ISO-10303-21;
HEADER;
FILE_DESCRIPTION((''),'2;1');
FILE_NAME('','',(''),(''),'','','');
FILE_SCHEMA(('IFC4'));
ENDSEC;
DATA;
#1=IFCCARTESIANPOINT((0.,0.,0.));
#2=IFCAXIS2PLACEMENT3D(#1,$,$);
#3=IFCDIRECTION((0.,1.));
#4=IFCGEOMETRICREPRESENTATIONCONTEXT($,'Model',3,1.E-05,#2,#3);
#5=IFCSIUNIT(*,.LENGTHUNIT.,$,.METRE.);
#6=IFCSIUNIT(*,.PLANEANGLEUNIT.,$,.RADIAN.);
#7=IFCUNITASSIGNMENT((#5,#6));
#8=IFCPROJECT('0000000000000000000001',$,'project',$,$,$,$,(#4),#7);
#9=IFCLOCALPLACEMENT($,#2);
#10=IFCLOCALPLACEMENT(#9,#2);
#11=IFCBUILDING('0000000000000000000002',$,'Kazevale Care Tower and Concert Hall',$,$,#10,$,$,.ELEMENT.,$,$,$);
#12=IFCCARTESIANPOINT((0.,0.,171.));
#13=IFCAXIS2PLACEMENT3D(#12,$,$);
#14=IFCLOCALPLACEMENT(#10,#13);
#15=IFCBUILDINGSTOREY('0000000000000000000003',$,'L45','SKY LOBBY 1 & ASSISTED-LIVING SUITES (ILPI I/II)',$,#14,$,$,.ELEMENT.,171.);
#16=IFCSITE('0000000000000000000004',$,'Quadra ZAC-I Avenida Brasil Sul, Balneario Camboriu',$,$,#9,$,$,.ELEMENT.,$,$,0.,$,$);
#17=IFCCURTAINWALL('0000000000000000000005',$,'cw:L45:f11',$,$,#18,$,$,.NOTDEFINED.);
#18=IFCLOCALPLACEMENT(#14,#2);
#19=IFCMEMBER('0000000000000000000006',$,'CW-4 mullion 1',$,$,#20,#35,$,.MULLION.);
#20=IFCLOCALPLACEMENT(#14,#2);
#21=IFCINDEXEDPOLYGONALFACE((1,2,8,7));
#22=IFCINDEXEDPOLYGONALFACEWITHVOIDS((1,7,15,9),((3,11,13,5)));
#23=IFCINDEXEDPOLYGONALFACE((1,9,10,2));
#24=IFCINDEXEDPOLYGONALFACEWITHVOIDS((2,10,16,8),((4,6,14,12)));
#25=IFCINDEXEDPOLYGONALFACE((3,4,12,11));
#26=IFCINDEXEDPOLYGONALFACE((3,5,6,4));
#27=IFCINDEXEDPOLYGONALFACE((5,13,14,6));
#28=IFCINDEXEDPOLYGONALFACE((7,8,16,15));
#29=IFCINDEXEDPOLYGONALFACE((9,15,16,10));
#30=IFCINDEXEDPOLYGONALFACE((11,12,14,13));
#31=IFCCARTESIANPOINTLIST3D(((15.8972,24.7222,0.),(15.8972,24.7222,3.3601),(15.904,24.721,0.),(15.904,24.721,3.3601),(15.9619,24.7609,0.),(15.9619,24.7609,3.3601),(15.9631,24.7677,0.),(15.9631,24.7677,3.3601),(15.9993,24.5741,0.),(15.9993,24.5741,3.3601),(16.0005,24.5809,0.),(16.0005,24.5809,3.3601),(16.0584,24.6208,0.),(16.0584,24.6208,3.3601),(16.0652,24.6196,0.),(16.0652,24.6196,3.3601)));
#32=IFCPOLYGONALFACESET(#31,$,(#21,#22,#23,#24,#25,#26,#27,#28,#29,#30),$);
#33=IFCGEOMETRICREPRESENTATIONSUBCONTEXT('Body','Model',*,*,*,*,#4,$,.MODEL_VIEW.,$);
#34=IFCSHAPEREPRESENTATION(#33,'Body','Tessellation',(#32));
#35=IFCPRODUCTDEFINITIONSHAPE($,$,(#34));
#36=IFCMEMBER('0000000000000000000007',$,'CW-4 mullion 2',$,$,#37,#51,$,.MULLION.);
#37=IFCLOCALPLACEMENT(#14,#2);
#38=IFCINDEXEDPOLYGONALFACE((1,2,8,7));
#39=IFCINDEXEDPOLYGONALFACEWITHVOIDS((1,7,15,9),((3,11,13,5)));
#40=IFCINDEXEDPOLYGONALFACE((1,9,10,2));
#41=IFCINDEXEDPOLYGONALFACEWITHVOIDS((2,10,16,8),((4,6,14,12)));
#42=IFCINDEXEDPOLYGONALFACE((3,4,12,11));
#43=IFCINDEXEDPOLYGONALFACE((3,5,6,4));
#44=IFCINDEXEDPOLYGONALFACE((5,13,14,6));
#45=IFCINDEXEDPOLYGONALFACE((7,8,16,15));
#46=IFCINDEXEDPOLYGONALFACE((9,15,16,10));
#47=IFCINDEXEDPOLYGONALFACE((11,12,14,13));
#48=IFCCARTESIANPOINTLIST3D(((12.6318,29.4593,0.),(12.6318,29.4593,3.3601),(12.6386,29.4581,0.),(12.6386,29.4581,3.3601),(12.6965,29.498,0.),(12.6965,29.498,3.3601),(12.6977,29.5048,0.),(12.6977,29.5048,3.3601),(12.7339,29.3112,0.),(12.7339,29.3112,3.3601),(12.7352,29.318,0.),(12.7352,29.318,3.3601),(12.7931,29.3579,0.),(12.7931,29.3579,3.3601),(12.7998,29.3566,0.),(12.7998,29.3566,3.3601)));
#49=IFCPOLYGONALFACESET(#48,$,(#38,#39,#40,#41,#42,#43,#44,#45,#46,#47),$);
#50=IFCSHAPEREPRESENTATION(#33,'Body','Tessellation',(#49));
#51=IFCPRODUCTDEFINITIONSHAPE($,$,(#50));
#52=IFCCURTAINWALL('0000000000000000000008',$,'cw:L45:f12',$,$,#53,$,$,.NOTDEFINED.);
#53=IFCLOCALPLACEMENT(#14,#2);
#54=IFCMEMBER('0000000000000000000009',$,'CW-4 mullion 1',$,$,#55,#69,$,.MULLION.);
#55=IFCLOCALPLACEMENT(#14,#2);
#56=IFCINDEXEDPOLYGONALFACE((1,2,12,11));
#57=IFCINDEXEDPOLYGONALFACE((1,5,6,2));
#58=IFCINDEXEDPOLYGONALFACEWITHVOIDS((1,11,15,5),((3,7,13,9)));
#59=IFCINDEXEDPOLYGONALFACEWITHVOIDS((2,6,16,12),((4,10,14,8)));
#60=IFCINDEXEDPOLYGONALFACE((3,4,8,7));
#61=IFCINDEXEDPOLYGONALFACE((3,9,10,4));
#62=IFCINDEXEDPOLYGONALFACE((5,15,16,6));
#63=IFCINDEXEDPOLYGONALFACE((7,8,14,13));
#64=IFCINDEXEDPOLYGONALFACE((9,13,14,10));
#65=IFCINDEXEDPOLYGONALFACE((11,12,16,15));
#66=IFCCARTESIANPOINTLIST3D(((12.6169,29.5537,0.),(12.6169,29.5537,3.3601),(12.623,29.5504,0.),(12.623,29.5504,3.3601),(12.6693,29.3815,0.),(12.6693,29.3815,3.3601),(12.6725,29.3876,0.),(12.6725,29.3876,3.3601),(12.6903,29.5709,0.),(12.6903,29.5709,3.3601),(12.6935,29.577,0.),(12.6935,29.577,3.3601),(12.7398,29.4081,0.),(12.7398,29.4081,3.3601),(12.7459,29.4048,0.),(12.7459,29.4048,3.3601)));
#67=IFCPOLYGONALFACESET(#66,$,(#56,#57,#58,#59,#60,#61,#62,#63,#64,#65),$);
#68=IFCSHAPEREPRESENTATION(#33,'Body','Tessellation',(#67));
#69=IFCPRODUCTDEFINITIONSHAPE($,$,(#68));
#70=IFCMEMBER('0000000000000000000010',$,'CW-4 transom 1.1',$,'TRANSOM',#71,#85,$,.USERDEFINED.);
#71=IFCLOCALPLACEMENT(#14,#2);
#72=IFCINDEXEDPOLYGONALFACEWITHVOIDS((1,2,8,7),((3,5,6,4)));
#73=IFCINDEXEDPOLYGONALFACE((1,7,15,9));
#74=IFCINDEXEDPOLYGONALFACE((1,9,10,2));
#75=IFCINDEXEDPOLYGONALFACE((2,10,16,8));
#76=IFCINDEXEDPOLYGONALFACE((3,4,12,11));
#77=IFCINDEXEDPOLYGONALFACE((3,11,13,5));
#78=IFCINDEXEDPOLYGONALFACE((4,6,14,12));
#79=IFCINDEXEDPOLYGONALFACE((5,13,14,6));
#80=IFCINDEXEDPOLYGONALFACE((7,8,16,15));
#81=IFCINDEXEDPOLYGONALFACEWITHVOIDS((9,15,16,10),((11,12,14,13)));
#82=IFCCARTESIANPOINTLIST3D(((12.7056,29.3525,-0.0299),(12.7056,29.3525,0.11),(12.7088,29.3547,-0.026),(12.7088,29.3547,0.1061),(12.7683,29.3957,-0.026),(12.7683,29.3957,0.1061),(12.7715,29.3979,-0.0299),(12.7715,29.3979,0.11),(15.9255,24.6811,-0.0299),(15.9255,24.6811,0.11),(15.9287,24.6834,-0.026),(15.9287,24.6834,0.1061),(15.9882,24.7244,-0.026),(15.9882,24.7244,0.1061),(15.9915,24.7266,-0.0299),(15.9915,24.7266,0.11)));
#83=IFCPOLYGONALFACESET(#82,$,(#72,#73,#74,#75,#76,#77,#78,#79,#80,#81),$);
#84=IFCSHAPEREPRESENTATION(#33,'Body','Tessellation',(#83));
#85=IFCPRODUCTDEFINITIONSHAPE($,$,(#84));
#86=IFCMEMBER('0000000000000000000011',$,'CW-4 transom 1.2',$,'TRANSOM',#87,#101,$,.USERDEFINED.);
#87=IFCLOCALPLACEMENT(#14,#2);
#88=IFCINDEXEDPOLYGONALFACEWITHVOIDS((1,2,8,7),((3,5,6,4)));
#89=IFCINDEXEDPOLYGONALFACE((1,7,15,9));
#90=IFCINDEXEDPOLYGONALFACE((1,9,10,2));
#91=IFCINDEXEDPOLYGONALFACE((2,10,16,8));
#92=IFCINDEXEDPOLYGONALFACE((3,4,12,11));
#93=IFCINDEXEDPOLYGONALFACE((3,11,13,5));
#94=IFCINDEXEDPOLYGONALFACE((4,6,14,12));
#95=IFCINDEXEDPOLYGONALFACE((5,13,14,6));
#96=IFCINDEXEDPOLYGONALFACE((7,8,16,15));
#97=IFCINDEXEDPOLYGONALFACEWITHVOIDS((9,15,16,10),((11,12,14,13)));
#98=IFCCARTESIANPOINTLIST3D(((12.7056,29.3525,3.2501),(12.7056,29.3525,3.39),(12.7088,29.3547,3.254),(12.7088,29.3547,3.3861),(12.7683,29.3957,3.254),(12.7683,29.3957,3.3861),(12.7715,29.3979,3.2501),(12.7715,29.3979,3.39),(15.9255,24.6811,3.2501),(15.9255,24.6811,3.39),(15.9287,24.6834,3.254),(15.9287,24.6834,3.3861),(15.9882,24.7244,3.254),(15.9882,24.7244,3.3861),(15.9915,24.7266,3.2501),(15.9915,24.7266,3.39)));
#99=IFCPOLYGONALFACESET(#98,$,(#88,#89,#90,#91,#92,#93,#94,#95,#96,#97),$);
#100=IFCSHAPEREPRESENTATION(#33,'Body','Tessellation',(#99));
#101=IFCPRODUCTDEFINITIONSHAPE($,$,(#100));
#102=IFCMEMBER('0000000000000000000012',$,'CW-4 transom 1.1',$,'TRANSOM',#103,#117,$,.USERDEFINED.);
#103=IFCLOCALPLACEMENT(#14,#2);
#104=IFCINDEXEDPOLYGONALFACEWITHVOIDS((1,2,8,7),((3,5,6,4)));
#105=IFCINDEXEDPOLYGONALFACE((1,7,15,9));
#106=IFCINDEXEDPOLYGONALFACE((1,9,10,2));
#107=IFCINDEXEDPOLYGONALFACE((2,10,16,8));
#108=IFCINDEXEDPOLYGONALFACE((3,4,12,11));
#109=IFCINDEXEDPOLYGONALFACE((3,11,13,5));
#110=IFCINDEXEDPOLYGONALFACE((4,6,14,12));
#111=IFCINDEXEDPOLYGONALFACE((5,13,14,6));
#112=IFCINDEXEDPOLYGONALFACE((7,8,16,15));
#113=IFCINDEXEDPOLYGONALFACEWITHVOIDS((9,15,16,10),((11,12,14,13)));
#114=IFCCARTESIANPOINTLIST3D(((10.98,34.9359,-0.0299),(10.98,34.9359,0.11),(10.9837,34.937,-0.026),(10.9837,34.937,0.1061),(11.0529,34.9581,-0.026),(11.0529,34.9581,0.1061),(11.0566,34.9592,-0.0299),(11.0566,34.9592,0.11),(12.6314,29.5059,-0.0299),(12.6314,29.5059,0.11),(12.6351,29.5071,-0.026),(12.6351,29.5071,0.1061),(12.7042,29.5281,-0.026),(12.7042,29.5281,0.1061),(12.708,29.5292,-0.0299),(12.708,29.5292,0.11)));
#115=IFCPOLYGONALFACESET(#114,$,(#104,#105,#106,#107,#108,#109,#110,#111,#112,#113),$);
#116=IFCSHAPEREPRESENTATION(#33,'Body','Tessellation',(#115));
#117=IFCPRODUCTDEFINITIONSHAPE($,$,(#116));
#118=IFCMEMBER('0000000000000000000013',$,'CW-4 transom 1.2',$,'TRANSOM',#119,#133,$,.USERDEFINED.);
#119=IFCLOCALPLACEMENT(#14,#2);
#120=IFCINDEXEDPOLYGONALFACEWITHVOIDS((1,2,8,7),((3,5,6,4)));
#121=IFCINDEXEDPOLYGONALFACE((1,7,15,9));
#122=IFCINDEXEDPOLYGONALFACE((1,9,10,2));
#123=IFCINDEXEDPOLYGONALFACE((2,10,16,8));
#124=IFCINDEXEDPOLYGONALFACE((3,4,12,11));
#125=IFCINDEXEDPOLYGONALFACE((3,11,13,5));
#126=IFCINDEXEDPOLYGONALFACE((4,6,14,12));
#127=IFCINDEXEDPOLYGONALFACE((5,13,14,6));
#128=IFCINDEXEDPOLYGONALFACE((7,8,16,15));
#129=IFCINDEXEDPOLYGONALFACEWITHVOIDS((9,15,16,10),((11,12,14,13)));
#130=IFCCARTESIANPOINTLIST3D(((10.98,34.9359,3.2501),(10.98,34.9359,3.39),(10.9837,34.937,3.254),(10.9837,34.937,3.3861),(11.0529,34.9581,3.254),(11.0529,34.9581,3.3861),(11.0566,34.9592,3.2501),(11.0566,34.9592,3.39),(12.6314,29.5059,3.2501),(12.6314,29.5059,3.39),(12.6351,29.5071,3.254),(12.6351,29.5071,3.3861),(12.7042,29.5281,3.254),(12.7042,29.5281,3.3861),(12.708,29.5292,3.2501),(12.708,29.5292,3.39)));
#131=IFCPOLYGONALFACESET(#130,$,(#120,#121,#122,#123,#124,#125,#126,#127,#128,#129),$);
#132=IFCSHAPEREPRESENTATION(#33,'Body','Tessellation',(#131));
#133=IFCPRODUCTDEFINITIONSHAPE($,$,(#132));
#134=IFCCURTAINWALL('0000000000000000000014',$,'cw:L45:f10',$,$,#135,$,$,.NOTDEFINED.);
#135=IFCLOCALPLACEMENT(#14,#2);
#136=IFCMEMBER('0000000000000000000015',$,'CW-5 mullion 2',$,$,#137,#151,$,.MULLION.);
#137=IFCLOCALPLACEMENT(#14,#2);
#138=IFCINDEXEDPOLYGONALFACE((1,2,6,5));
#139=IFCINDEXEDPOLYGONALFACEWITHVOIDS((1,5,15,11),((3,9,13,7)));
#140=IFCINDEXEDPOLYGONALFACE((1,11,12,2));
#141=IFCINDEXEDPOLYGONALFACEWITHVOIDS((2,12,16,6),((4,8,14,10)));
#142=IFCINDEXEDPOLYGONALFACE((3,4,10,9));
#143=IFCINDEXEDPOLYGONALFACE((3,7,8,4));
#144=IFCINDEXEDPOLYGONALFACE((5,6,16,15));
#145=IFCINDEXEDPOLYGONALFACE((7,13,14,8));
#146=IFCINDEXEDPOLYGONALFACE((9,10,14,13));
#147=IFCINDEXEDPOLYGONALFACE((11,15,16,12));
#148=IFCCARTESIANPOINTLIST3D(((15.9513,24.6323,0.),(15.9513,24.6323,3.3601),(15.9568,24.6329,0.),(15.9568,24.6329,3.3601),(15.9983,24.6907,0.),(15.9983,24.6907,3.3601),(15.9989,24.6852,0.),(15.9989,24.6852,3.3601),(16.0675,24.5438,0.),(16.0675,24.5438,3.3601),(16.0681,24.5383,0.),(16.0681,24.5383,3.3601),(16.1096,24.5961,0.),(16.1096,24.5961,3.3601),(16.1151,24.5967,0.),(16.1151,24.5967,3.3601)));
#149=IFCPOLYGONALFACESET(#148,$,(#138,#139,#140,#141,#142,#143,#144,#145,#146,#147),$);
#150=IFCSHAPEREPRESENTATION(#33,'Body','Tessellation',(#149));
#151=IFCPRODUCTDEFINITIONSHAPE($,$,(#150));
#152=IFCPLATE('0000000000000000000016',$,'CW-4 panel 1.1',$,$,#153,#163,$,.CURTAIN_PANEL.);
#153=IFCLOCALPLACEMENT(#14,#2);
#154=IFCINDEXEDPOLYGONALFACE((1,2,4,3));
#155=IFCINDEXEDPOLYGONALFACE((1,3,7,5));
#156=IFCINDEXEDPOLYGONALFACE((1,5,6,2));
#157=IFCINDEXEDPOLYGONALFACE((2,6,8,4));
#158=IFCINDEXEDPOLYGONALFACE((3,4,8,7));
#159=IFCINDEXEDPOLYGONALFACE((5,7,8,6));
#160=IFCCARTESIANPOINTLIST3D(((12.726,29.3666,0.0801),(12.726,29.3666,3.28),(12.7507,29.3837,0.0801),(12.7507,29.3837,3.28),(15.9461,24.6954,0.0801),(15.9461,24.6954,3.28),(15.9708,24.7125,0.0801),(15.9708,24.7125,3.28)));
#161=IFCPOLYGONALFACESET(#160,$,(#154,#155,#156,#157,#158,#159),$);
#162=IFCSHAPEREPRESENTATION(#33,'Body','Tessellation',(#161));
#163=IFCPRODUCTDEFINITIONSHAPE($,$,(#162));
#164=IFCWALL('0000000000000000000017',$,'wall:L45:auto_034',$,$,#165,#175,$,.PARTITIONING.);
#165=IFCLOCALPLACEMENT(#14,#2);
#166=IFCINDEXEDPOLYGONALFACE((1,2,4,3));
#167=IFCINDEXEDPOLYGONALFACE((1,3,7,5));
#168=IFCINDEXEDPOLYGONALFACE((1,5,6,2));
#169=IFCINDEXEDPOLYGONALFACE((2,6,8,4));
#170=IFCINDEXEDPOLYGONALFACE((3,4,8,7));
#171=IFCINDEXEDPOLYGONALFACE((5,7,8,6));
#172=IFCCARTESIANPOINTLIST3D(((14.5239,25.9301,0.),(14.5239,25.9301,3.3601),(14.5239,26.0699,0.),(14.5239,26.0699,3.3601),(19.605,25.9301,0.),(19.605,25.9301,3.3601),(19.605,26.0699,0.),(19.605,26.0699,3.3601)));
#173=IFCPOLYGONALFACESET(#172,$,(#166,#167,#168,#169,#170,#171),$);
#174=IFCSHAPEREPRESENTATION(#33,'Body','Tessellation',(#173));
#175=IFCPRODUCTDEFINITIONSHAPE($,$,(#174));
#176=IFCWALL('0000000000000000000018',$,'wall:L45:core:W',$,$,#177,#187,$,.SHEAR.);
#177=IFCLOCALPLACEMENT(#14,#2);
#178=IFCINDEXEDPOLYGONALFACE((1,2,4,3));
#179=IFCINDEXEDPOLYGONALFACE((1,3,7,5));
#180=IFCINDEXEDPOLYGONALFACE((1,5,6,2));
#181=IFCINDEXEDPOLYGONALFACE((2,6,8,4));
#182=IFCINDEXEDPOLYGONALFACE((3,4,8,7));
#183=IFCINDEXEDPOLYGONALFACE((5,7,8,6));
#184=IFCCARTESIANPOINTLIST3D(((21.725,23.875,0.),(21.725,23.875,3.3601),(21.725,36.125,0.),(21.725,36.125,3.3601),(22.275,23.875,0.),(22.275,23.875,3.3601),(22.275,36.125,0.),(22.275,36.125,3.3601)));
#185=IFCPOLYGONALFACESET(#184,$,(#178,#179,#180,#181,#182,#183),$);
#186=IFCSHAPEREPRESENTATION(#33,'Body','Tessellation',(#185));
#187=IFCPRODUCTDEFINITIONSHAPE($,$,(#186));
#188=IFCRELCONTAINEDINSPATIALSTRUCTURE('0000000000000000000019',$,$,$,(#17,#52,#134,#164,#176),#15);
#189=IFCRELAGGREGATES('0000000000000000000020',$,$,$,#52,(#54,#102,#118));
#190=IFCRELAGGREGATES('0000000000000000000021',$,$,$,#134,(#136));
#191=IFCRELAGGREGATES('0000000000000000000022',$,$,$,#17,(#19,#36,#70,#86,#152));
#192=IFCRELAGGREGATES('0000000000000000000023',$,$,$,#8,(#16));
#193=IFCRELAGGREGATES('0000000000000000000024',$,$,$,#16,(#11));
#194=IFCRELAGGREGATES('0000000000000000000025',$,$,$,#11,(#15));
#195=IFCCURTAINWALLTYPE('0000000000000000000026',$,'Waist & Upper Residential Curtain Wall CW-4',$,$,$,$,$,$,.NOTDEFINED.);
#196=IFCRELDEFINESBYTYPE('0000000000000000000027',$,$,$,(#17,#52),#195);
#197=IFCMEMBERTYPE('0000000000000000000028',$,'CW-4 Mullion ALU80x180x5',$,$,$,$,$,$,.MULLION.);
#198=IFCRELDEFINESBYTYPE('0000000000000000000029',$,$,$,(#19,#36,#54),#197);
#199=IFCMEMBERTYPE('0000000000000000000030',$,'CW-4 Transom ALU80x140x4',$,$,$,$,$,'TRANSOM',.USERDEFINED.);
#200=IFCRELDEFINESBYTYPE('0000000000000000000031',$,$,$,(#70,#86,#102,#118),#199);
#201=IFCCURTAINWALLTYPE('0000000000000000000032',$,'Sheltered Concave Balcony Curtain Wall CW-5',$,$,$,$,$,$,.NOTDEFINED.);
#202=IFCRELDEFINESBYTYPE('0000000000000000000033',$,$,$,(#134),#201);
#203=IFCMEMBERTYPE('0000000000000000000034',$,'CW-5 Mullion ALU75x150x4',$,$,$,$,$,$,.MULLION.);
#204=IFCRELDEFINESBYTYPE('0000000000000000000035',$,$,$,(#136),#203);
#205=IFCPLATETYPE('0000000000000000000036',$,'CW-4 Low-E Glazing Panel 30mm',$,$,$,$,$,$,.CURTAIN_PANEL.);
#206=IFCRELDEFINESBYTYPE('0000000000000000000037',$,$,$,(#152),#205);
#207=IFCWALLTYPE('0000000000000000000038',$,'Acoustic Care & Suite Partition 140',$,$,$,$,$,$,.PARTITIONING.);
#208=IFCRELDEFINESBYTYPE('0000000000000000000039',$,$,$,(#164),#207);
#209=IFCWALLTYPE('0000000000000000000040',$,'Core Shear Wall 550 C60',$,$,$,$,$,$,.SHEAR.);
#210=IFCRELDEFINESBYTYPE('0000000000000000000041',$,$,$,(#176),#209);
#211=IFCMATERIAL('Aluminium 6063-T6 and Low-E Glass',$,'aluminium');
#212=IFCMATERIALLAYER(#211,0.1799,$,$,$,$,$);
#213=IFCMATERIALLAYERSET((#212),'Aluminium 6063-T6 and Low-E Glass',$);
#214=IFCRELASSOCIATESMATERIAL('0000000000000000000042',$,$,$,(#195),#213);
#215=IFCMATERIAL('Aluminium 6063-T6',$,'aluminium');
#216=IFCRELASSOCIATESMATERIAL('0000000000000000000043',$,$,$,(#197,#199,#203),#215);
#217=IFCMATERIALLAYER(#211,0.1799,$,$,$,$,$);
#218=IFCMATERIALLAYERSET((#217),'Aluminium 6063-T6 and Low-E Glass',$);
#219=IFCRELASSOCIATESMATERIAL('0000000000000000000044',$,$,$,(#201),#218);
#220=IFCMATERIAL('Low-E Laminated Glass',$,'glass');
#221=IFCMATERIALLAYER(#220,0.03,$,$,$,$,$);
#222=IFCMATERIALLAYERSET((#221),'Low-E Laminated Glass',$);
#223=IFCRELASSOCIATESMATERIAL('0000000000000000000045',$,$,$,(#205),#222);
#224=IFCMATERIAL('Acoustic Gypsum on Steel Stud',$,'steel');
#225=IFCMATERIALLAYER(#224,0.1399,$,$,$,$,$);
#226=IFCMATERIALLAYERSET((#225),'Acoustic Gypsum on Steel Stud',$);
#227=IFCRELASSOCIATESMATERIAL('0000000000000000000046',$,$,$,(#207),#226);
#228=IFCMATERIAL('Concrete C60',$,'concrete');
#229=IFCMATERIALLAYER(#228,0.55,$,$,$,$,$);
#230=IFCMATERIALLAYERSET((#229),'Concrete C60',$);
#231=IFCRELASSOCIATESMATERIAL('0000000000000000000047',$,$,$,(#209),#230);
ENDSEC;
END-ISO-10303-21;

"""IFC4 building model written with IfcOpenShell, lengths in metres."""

from ifc_helpers import new_model, si_unit, direction, frame, frame_2d, origin, origin_2d, place, context, subcontext, project, spatial, rectangle, hollow_rectangle, extrude, material, layer, layer_set, material_profile, profile_set, type_object, element, aggregate, save


model = new_model("IFC4")

# Units and contexts
model_context = context("Model", 3, precision=1e-05, world=origin(), true_north=direction((0.0, 1.0)))
body_context = subcontext(model_context, "Body", "Model", "MODEL_VIEW")
ifc_project = project(units=[si_unit("LENGTHUNIT", "METRE"), si_unit("PLANEANGLEUNIT", "RADIAN")], contexts=[model_context])

# Site, building, storey
site_placement = place(None, origin())
site = spatial("IfcSite", under=ifc_project, at=site_placement, Name="Quadra ZAC-I Avenida Brasil Sul, Balneario Camboriu", CompositionType="ELEMENT", RefElevation=0.0)
building_placement = place(site_placement, origin())
building = spatial("IfcBuilding", under=site, at=building_placement, Name="Kazevale Care Tower and Concert Hall", CompositionType="ELEMENT")
storey_placement = place(building_placement, frame((0.0, 0.0, 171.0)))
storey = spatial("IfcBuildingStorey", under=building, at=storey_placement, Name="L45", Description="SKY LOBBY 1 & ASSISTED-LIVING SUITES (ILPI I/II)", CompositionType="ELEMENT", Elevation=171.0)

# Curtain wall, members
ifc_material_1 = material(Name="Aluminium 6063-T6 and Low-E Glass", Category="aluminium")
ifc_layer_1 = layer(ifc_material_1, 0.1799)
ifc_layer_set_1 = layer_set([ifc_layer_1], Name="Aluminium 6063-T6 and Low-E Glass")
curtain_wall_type_1 = type_object("IfcCurtainWallType", Name="Waist & Upper Residential Curtain Wall CW-4", PredefinedType="NOTDEFINED", material=ifc_layer_set_1)
curtain_wall_1_placement = place(storey_placement, origin())
curtain_wall_1 = element("IfcCurtainWall", 1, at=curtain_wall_1_placement, inside=storey, type_object=curtain_wall_type_1, Name="cw:L45:f11", PredefinedType="NOTDEFINED")
ifc_material_2 = material(Name="Aluminium 6063-T6", Category="aluminium")
ifc_material_profile_1 = material_profile(ifc_material_2, hollow_rectangle(XDim=0.0801, YDim=0.1799, WallThickness=0.0049, at=origin_2d()), Name="ALU80x180x5")
ifc_profile_set_1 = profile_set([ifc_material_profile_1], Name="Aluminium 6063-T6")
member_type_1 = type_object("IfcMemberType", Name="CW-4 Mullion ALU80x180x5", PredefinedType="MULLION", material=ifc_profile_set_1)
member_1_placement = place(storey_placement, frame((15.9812, 24.6709, 0.0), z_axis=(0.0, 0.0, 1.0), x_axis=(-0.823326, -0.567569, 0.0)))
member_1 = element("IfcMember", 2, at=member_1_placement, type_object=member_type_1, Name="CW-4 mullion 1", PredefinedType="MULLION", context=body_context, shape_type="SweptSolid", body=[
    extrude(hollow_rectangle(XDim=0.0801, YDim=0.1799, WallThickness=0.0049, at=origin_2d()), origin(), (0.0, 0.0, 1.0), 3.3601),
])
member_2_placement = place(storey_placement, frame((12.7158, 29.408, 0.0), z_axis=(0.0, 0.0, 1.0), x_axis=(-0.823326, -0.567569, 0.0)))
member_2 = element("IfcMember", 3, at=member_2_placement, type_object=member_type_1, Name="CW-4 mullion 2", PredefinedType="MULLION", context=body_context, shape_type="SweptSolid", body=[
    extrude(hollow_rectangle(XDim=0.0801, YDim=0.1799, WallThickness=0.0049, at=origin_2d()), origin(), (0.0, 0.0, 1.0), 3.3601),
])

# Curtain wall, member
curtain_wall_2_placement = place(storey_placement, origin())
curtain_wall_2 = element("IfcCurtainWall", 4, at=curtain_wall_2_placement, inside=storey, type_object=curtain_wall_type_1, Name="cw:L45:f12", PredefinedType="NOTDEFINED")
member_3_placement = place(storey_placement, frame((12.6814, 29.4792, 0.0), z_axis=(0.0, 0.0, 1.0), x_axis=(-0.95673, -0.290977, 0.0)))
member_3 = element("IfcMember", 5, at=member_3_placement, type_object=member_type_1, Name="CW-4 mullion 1", PredefinedType="MULLION", context=body_context, shape_type="SweptSolid", body=[
    extrude(hollow_rectangle(XDim=0.0801, YDim=0.1799, WallThickness=0.0049, at=origin_2d()), origin(), (0.0, 0.0, 1.0), 3.3601),
])

# Members
ifc_material_profile_2 = material_profile(ifc_material_2, hollow_rectangle(XDim=0.0801, YDim=0.1399, WallThickness=0.0039, at=origin_2d()), Name="ALU80x140x4")
ifc_profile_set_2 = profile_set([ifc_material_profile_2], Name="Aluminium 6063-T6")
member_type_2 = type_object("IfcMemberType", Name="CW-4 Transom ALU80x140x4", ElementType="TRANSOM", PredefinedType="USERDEFINED", material=ifc_profile_set_2)
member_4_placement = place(storey_placement, frame((15.9585, 24.7039, 0.04), z_axis=(-0.567533, 0.823351, 0.0), x_axis=(-0.823351, -0.567533, 0.0)))
member_4 = element("IfcMember", 6, at=member_4_placement, type_object=member_type_2, Name="CW-4 transom 1.1", ObjectType="TRANSOM", PredefinedType="USERDEFINED", context=body_context, shape_type="SweptSolid", body=[
    extrude(hollow_rectangle(XDim=0.0801, YDim=0.1399, WallThickness=0.0039, at=origin_2d()), origin(), (0.0, 0.0, 1.0), 5.6736),
])
member_5_placement = place(storey_placement, frame((15.9585, 24.7039, 3.3201), z_axis=(-0.567533, 0.823351, 0.0), x_axis=(-0.823351, -0.567533, 0.0)))
member_5 = element("IfcMember", 7, at=member_5_placement, type_object=member_type_2, Name="CW-4 transom 1.2", ObjectType="TRANSOM", PredefinedType="USERDEFINED", context=body_context, shape_type="SweptSolid", body=[
    extrude(hollow_rectangle(XDim=0.0801, YDim=0.1399, WallThickness=0.0039, at=origin_2d()), origin(), (0.0, 0.0, 1.0), 5.6736),
])
member_6_placement = place(storey_placement, frame((12.6697, 29.5176, 0.04), z_axis=(-0.290965, 0.956734, 0.0), x_axis=(-0.956734, -0.290965, 0.0)))
member_6 = element("IfcMember", 8, at=member_6_placement, type_object=member_type_2, Name="CW-4 transom 1.1", ObjectType="TRANSOM", PredefinedType="USERDEFINED", context=body_context, shape_type="SweptSolid", body=[
    extrude(hollow_rectangle(XDim=0.0801, YDim=0.1399, WallThickness=0.0039, at=origin_2d()), origin(), (0.0, 0.0, 1.0), 5.6755),
])
member_7_placement = place(storey_placement, frame((12.6697, 29.5176, 3.3201), z_axis=(-0.290965, 0.956734, 0.0), x_axis=(-0.956734, -0.290965, 0.0)))
member_7 = element("IfcMember", 9, at=member_7_placement, type_object=member_type_2, Name="CW-4 transom 1.2", ObjectType="TRANSOM", PredefinedType="USERDEFINED", context=body_context, shape_type="SweptSolid", body=[
    extrude(hollow_rectangle(XDim=0.0801, YDim=0.1399, WallThickness=0.0039, at=origin_2d()), origin(), (0.0, 0.0, 1.0), 5.6755),
])
aggregate(curtain_wall_2, [member_3, member_6, member_7])

# Curtain wall, member
ifc_layer_2 = layer(ifc_material_1, 0.1799)
ifc_layer_set_2 = layer_set([ifc_layer_2], Name="Aluminium 6063-T6 and Low-E Glass")
curtain_wall_type_2 = type_object("IfcCurtainWallType", Name="Sheltered Concave Balcony Curtain Wall CW-5", PredefinedType="NOTDEFINED", material=ifc_layer_set_2)
curtain_wall_3_placement = place(storey_placement, origin())
curtain_wall_3 = element("IfcCurtainWall", 10, at=curtain_wall_3_placement, inside=storey, type_object=curtain_wall_type_2, Name="cw:L45:f10", PredefinedType="NOTDEFINED")
ifc_material_profile_3 = material_profile(ifc_material_2, hollow_rectangle(XDim=0.075, YDim=0.1499, WallThickness=0.0039, at=origin_2d()), Name="ALU75x150x4")
ifc_profile_set_3 = profile_set([ifc_material_profile_3], Name="Aluminium 6063-T6")
member_type_3 = type_object("IfcMemberType", Name="CW-5 Mullion ALU75x150x4", PredefinedType="MULLION", material=ifc_profile_set_3)
member_8_placement = place(storey_placement, frame((16.0332, 24.6145, 0.0), z_axis=(0.0, 0.0, 1.0), x_axis=(-0.626905, -0.779095, 0.0)))
member_8 = element("IfcMember", 11, at=member_8_placement, type_object=member_type_3, Name="CW-5 mullion 2", PredefinedType="MULLION", context=body_context, shape_type="SweptSolid", body=[
    extrude(hollow_rectangle(XDim=0.075, YDim=0.1499, WallThickness=0.0039, at=origin_2d()), origin(), (0.0, 0.0, 1.0), 3.3601),
])
aggregate(curtain_wall_3, [member_8])

# Plate
ifc_material_3 = material(Name="Low-E Laminated Glass", Category="glass")
ifc_layer_3 = layer(ifc_material_3, 0.03)
ifc_layer_set_3 = layer_set([ifc_layer_3], Name="Low-E Laminated Glass")
plate_type = type_object("IfcPlateType", Name="CW-4 Low-E Glazing Panel 30mm", PredefinedType="CURTAIN_PANEL", material=ifc_layer_set_3)
plate_placement = place(storey_placement, frame((14.3484, 27.0396, 0.0801), z_axis=(0.0, 0.0, 1.0), x_axis=(-0.567569, 0.823326, 0.0)))
plate = element("IfcPlate", 12, at=plate_placement, type_object=plate_type, Name="CW-4 panel 1.1", PredefinedType="CURTAIN_PANEL", context=body_context, shape_type="SweptSolid", body=[
    extrude(rectangle(XDim=5.6736, YDim=0.03, at=origin_2d()), origin(), (0.0, 0.0, 1.0), 3.2),
])
aggregate(curtain_wall_1, [member_1, member_2, member_4, member_5, plate])

# Walls
ifc_material_4 = material(Name="Acoustic Gypsum on Steel Stud", Category="steel")
ifc_layer_4 = layer(ifc_material_4, 0.1399)
ifc_layer_set_4 = layer_set([ifc_layer_4], Name="Acoustic Gypsum on Steel Stud")
wall_type_1 = type_object("IfcWallType", Name="Acoustic Care & Suite Partition 140", PredefinedType="PARTITIONING", material=ifc_layer_set_4)
wall_1_placement = place(storey_placement, frame((14.5239, 26.0, 0.0), z_axis=(0.0, 0.0, 1.0), x_axis=(1.0, 0.0, 0.0)))
element("IfcWall", 13, at=wall_1_placement, inside=storey, type_object=wall_type_1, Name="wall:L45:auto_034", PredefinedType="PARTITIONING", context=body_context, shape_type="SweptSolid", body=[
    extrude(rectangle(XDim=5.0811, YDim=0.1399, at=frame_2d((2.5405, 0.0))), origin(), (0.0, 0.0, 1.0), 3.3601),
])
ifc_material_5 = material(Name="Concrete C60", Category="concrete")
ifc_layer_5 = layer(ifc_material_5, 0.55)
ifc_layer_set_5 = layer_set([ifc_layer_5], Name="Concrete C60")
wall_type_2 = type_object("IfcWallType", Name="Core Shear Wall 550 C60", PredefinedType="SHEAR", material=ifc_layer_set_5)
wall_2_placement = place(storey_placement, frame((22.0, 23.875, 0.0), z_axis=(0.0, 0.0, 1.0), x_axis=(0.0, 1.0, 0.0)))
element("IfcWall", 14, at=wall_2_placement, inside=storey, type_object=wall_type_2, Name="wall:L45:core:W", PredefinedType="SHEAR", context=body_context, shape_type="SweptSolid", body=[
    extrude(rectangle(XDim=12.25, YDim=0.55, at=frame_2d((6.125, 0.0))), origin(), (0.0, 0.0, 1.0), 3.3601),
])

save(model, "model.ifc")
